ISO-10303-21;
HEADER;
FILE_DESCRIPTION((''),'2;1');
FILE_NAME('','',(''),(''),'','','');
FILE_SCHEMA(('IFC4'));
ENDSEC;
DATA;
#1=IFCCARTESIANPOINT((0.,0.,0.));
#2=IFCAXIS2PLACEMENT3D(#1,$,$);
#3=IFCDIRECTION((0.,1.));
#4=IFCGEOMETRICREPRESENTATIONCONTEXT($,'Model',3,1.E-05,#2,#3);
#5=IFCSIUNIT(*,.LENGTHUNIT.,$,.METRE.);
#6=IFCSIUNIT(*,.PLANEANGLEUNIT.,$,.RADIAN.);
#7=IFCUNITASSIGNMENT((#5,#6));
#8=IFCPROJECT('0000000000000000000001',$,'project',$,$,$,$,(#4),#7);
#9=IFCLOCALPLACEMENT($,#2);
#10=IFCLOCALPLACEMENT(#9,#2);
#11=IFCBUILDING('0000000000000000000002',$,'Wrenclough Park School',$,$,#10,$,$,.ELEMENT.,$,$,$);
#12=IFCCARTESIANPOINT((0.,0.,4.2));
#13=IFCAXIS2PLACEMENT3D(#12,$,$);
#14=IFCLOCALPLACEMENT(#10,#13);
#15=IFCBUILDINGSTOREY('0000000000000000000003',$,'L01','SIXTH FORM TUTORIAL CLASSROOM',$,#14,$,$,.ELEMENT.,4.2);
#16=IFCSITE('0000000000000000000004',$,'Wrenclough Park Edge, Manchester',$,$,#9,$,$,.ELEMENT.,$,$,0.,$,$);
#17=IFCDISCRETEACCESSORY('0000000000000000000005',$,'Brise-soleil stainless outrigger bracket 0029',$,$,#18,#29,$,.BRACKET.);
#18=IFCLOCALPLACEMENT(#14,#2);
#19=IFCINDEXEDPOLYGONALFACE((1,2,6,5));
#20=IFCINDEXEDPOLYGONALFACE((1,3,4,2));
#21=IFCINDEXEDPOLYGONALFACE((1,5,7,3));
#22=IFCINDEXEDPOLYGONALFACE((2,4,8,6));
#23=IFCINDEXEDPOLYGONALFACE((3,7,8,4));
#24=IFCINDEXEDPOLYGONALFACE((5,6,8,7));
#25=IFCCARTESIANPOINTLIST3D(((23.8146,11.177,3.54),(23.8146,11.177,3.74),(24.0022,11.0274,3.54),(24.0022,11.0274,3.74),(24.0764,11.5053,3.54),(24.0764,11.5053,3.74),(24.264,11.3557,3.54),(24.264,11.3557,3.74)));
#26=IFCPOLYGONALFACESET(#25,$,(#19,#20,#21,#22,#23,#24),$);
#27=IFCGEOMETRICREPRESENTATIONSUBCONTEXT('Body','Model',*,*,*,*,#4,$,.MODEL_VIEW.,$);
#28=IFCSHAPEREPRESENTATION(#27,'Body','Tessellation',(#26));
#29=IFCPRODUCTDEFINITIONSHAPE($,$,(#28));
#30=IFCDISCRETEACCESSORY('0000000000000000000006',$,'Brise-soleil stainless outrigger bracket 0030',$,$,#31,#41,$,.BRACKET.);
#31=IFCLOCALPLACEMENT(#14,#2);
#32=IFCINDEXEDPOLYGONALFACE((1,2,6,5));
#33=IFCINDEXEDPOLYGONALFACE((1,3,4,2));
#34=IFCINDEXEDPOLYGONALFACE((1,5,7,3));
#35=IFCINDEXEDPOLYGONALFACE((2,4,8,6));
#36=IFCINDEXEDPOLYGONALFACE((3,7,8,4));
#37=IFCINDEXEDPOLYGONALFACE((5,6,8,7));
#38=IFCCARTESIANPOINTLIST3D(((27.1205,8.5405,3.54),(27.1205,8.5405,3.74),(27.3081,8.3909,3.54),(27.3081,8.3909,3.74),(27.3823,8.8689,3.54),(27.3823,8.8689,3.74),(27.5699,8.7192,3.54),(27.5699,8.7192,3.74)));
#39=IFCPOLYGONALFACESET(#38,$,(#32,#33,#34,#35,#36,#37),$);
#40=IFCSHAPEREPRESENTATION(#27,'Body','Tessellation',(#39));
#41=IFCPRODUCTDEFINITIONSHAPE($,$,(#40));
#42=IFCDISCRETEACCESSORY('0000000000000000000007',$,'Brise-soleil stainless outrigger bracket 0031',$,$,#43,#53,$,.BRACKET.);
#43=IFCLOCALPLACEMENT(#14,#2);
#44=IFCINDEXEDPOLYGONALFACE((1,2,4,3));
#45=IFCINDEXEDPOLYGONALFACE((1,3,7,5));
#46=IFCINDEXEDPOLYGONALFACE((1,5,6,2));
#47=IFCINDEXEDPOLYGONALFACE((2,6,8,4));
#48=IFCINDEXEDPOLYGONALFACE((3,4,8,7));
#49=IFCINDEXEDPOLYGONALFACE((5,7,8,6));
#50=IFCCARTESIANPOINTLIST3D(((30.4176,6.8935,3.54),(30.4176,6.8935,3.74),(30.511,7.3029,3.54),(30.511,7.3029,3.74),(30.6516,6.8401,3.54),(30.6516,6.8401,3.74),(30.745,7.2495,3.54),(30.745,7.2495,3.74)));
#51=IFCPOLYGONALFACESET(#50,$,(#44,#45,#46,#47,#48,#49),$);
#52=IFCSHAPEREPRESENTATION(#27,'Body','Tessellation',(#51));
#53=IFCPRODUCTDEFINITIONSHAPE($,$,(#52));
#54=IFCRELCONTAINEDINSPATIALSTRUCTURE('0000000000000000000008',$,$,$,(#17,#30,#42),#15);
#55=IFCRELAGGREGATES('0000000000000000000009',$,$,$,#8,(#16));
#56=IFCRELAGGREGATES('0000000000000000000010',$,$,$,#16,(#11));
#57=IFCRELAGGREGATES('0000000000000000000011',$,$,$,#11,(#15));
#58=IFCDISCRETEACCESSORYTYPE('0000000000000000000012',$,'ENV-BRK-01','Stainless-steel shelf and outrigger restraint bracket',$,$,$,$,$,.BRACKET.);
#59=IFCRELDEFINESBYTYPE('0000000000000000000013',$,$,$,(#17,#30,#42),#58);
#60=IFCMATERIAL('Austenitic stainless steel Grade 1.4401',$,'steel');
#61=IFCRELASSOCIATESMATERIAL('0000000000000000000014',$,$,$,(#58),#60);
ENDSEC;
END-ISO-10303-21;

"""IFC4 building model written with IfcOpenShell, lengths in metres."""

from ifc_helpers import new_model, si_unit, direction, frame, origin, origin_2d, place, context, subcontext, project, spatial, rectangle, extrude, material, type_object, element, save


model = new_model("IFC4")

# Units and contexts
model_context = context("Model", 3, precision=1e-05, world=origin(), true_north=direction((0.0, 1.0)))
body_context = subcontext(model_context, "Body", "Model", "MODEL_VIEW")
ifc_project = project(units=[si_unit("LENGTHUNIT", "METRE"), si_unit("PLANEANGLEUNIT", "RADIAN")], contexts=[model_context])

# Site, building, storey
site_placement = place(None, origin())
site = spatial("IfcSite", under=ifc_project, at=site_placement, Name="Wrenclough Park Edge, Manchester", CompositionType="ELEMENT", RefElevation=0.0)
building_placement = place(site_placement, origin())
building = spatial("IfcBuilding", under=site, at=building_placement, Name="Wrenclough Park School", CompositionType="ELEMENT")
storey_placement = place(building_placement, frame((0.0, 0.0, 4.2)))
storey = spatial("IfcBuildingStorey", under=building, at=storey_placement, Name="L01", Description="SIXTH FORM TUTORIAL CLASSROOM", CompositionType="ELEMENT", Elevation=4.2)

# Discrete accessories
ifc_material_1 = material(Name="Austenitic stainless steel Grade 1.4401", Category="steel")
discrete_accessory_type = type_object("IfcDiscreteAccessoryType", Name="ENV-BRK-01", Description="Stainless-steel shelf and outrigger restraint bracket", PredefinedType="BRACKET", material=ifc_material_1)
for number, where, z_axis, x_axis, name in (
    (1, (24.0393, 11.2664, 3.54), (0.0, 0.0, 1.0), (0.781827, -0.623495, 0.0), "Brise-soleil stainless outrigger bracket 0029"),
    (2, (27.3452, 8.6299, 3.54), (0.0, 0.0, 1.0), (0.781827, -0.623495, 0.0), "Brise-soleil stainless outrigger bracket 0030"),
    (3, (30.5813, 7.0715, 3.54), (0.0, 0.0, 1.0), (0.974925, -0.222535, 0.0), "Brise-soleil stainless outrigger bracket 0031"),
):
    element("IfcDiscreteAccessory", number, at=place(storey_placement, frame(where, z_axis=z_axis, x_axis=x_axis)), inside=storey, type_object=discrete_accessory_type, Name=name, PredefinedType="BRACKET", context=body_context, shape_type="SweptSolid", body=[
        extrude(rectangle(XDim=0.24, YDim=0.4199, at=origin_2d()), origin(), (0.0, 0.0, 1.0), 0.2),
    ])

save(model, "model.ifc")
